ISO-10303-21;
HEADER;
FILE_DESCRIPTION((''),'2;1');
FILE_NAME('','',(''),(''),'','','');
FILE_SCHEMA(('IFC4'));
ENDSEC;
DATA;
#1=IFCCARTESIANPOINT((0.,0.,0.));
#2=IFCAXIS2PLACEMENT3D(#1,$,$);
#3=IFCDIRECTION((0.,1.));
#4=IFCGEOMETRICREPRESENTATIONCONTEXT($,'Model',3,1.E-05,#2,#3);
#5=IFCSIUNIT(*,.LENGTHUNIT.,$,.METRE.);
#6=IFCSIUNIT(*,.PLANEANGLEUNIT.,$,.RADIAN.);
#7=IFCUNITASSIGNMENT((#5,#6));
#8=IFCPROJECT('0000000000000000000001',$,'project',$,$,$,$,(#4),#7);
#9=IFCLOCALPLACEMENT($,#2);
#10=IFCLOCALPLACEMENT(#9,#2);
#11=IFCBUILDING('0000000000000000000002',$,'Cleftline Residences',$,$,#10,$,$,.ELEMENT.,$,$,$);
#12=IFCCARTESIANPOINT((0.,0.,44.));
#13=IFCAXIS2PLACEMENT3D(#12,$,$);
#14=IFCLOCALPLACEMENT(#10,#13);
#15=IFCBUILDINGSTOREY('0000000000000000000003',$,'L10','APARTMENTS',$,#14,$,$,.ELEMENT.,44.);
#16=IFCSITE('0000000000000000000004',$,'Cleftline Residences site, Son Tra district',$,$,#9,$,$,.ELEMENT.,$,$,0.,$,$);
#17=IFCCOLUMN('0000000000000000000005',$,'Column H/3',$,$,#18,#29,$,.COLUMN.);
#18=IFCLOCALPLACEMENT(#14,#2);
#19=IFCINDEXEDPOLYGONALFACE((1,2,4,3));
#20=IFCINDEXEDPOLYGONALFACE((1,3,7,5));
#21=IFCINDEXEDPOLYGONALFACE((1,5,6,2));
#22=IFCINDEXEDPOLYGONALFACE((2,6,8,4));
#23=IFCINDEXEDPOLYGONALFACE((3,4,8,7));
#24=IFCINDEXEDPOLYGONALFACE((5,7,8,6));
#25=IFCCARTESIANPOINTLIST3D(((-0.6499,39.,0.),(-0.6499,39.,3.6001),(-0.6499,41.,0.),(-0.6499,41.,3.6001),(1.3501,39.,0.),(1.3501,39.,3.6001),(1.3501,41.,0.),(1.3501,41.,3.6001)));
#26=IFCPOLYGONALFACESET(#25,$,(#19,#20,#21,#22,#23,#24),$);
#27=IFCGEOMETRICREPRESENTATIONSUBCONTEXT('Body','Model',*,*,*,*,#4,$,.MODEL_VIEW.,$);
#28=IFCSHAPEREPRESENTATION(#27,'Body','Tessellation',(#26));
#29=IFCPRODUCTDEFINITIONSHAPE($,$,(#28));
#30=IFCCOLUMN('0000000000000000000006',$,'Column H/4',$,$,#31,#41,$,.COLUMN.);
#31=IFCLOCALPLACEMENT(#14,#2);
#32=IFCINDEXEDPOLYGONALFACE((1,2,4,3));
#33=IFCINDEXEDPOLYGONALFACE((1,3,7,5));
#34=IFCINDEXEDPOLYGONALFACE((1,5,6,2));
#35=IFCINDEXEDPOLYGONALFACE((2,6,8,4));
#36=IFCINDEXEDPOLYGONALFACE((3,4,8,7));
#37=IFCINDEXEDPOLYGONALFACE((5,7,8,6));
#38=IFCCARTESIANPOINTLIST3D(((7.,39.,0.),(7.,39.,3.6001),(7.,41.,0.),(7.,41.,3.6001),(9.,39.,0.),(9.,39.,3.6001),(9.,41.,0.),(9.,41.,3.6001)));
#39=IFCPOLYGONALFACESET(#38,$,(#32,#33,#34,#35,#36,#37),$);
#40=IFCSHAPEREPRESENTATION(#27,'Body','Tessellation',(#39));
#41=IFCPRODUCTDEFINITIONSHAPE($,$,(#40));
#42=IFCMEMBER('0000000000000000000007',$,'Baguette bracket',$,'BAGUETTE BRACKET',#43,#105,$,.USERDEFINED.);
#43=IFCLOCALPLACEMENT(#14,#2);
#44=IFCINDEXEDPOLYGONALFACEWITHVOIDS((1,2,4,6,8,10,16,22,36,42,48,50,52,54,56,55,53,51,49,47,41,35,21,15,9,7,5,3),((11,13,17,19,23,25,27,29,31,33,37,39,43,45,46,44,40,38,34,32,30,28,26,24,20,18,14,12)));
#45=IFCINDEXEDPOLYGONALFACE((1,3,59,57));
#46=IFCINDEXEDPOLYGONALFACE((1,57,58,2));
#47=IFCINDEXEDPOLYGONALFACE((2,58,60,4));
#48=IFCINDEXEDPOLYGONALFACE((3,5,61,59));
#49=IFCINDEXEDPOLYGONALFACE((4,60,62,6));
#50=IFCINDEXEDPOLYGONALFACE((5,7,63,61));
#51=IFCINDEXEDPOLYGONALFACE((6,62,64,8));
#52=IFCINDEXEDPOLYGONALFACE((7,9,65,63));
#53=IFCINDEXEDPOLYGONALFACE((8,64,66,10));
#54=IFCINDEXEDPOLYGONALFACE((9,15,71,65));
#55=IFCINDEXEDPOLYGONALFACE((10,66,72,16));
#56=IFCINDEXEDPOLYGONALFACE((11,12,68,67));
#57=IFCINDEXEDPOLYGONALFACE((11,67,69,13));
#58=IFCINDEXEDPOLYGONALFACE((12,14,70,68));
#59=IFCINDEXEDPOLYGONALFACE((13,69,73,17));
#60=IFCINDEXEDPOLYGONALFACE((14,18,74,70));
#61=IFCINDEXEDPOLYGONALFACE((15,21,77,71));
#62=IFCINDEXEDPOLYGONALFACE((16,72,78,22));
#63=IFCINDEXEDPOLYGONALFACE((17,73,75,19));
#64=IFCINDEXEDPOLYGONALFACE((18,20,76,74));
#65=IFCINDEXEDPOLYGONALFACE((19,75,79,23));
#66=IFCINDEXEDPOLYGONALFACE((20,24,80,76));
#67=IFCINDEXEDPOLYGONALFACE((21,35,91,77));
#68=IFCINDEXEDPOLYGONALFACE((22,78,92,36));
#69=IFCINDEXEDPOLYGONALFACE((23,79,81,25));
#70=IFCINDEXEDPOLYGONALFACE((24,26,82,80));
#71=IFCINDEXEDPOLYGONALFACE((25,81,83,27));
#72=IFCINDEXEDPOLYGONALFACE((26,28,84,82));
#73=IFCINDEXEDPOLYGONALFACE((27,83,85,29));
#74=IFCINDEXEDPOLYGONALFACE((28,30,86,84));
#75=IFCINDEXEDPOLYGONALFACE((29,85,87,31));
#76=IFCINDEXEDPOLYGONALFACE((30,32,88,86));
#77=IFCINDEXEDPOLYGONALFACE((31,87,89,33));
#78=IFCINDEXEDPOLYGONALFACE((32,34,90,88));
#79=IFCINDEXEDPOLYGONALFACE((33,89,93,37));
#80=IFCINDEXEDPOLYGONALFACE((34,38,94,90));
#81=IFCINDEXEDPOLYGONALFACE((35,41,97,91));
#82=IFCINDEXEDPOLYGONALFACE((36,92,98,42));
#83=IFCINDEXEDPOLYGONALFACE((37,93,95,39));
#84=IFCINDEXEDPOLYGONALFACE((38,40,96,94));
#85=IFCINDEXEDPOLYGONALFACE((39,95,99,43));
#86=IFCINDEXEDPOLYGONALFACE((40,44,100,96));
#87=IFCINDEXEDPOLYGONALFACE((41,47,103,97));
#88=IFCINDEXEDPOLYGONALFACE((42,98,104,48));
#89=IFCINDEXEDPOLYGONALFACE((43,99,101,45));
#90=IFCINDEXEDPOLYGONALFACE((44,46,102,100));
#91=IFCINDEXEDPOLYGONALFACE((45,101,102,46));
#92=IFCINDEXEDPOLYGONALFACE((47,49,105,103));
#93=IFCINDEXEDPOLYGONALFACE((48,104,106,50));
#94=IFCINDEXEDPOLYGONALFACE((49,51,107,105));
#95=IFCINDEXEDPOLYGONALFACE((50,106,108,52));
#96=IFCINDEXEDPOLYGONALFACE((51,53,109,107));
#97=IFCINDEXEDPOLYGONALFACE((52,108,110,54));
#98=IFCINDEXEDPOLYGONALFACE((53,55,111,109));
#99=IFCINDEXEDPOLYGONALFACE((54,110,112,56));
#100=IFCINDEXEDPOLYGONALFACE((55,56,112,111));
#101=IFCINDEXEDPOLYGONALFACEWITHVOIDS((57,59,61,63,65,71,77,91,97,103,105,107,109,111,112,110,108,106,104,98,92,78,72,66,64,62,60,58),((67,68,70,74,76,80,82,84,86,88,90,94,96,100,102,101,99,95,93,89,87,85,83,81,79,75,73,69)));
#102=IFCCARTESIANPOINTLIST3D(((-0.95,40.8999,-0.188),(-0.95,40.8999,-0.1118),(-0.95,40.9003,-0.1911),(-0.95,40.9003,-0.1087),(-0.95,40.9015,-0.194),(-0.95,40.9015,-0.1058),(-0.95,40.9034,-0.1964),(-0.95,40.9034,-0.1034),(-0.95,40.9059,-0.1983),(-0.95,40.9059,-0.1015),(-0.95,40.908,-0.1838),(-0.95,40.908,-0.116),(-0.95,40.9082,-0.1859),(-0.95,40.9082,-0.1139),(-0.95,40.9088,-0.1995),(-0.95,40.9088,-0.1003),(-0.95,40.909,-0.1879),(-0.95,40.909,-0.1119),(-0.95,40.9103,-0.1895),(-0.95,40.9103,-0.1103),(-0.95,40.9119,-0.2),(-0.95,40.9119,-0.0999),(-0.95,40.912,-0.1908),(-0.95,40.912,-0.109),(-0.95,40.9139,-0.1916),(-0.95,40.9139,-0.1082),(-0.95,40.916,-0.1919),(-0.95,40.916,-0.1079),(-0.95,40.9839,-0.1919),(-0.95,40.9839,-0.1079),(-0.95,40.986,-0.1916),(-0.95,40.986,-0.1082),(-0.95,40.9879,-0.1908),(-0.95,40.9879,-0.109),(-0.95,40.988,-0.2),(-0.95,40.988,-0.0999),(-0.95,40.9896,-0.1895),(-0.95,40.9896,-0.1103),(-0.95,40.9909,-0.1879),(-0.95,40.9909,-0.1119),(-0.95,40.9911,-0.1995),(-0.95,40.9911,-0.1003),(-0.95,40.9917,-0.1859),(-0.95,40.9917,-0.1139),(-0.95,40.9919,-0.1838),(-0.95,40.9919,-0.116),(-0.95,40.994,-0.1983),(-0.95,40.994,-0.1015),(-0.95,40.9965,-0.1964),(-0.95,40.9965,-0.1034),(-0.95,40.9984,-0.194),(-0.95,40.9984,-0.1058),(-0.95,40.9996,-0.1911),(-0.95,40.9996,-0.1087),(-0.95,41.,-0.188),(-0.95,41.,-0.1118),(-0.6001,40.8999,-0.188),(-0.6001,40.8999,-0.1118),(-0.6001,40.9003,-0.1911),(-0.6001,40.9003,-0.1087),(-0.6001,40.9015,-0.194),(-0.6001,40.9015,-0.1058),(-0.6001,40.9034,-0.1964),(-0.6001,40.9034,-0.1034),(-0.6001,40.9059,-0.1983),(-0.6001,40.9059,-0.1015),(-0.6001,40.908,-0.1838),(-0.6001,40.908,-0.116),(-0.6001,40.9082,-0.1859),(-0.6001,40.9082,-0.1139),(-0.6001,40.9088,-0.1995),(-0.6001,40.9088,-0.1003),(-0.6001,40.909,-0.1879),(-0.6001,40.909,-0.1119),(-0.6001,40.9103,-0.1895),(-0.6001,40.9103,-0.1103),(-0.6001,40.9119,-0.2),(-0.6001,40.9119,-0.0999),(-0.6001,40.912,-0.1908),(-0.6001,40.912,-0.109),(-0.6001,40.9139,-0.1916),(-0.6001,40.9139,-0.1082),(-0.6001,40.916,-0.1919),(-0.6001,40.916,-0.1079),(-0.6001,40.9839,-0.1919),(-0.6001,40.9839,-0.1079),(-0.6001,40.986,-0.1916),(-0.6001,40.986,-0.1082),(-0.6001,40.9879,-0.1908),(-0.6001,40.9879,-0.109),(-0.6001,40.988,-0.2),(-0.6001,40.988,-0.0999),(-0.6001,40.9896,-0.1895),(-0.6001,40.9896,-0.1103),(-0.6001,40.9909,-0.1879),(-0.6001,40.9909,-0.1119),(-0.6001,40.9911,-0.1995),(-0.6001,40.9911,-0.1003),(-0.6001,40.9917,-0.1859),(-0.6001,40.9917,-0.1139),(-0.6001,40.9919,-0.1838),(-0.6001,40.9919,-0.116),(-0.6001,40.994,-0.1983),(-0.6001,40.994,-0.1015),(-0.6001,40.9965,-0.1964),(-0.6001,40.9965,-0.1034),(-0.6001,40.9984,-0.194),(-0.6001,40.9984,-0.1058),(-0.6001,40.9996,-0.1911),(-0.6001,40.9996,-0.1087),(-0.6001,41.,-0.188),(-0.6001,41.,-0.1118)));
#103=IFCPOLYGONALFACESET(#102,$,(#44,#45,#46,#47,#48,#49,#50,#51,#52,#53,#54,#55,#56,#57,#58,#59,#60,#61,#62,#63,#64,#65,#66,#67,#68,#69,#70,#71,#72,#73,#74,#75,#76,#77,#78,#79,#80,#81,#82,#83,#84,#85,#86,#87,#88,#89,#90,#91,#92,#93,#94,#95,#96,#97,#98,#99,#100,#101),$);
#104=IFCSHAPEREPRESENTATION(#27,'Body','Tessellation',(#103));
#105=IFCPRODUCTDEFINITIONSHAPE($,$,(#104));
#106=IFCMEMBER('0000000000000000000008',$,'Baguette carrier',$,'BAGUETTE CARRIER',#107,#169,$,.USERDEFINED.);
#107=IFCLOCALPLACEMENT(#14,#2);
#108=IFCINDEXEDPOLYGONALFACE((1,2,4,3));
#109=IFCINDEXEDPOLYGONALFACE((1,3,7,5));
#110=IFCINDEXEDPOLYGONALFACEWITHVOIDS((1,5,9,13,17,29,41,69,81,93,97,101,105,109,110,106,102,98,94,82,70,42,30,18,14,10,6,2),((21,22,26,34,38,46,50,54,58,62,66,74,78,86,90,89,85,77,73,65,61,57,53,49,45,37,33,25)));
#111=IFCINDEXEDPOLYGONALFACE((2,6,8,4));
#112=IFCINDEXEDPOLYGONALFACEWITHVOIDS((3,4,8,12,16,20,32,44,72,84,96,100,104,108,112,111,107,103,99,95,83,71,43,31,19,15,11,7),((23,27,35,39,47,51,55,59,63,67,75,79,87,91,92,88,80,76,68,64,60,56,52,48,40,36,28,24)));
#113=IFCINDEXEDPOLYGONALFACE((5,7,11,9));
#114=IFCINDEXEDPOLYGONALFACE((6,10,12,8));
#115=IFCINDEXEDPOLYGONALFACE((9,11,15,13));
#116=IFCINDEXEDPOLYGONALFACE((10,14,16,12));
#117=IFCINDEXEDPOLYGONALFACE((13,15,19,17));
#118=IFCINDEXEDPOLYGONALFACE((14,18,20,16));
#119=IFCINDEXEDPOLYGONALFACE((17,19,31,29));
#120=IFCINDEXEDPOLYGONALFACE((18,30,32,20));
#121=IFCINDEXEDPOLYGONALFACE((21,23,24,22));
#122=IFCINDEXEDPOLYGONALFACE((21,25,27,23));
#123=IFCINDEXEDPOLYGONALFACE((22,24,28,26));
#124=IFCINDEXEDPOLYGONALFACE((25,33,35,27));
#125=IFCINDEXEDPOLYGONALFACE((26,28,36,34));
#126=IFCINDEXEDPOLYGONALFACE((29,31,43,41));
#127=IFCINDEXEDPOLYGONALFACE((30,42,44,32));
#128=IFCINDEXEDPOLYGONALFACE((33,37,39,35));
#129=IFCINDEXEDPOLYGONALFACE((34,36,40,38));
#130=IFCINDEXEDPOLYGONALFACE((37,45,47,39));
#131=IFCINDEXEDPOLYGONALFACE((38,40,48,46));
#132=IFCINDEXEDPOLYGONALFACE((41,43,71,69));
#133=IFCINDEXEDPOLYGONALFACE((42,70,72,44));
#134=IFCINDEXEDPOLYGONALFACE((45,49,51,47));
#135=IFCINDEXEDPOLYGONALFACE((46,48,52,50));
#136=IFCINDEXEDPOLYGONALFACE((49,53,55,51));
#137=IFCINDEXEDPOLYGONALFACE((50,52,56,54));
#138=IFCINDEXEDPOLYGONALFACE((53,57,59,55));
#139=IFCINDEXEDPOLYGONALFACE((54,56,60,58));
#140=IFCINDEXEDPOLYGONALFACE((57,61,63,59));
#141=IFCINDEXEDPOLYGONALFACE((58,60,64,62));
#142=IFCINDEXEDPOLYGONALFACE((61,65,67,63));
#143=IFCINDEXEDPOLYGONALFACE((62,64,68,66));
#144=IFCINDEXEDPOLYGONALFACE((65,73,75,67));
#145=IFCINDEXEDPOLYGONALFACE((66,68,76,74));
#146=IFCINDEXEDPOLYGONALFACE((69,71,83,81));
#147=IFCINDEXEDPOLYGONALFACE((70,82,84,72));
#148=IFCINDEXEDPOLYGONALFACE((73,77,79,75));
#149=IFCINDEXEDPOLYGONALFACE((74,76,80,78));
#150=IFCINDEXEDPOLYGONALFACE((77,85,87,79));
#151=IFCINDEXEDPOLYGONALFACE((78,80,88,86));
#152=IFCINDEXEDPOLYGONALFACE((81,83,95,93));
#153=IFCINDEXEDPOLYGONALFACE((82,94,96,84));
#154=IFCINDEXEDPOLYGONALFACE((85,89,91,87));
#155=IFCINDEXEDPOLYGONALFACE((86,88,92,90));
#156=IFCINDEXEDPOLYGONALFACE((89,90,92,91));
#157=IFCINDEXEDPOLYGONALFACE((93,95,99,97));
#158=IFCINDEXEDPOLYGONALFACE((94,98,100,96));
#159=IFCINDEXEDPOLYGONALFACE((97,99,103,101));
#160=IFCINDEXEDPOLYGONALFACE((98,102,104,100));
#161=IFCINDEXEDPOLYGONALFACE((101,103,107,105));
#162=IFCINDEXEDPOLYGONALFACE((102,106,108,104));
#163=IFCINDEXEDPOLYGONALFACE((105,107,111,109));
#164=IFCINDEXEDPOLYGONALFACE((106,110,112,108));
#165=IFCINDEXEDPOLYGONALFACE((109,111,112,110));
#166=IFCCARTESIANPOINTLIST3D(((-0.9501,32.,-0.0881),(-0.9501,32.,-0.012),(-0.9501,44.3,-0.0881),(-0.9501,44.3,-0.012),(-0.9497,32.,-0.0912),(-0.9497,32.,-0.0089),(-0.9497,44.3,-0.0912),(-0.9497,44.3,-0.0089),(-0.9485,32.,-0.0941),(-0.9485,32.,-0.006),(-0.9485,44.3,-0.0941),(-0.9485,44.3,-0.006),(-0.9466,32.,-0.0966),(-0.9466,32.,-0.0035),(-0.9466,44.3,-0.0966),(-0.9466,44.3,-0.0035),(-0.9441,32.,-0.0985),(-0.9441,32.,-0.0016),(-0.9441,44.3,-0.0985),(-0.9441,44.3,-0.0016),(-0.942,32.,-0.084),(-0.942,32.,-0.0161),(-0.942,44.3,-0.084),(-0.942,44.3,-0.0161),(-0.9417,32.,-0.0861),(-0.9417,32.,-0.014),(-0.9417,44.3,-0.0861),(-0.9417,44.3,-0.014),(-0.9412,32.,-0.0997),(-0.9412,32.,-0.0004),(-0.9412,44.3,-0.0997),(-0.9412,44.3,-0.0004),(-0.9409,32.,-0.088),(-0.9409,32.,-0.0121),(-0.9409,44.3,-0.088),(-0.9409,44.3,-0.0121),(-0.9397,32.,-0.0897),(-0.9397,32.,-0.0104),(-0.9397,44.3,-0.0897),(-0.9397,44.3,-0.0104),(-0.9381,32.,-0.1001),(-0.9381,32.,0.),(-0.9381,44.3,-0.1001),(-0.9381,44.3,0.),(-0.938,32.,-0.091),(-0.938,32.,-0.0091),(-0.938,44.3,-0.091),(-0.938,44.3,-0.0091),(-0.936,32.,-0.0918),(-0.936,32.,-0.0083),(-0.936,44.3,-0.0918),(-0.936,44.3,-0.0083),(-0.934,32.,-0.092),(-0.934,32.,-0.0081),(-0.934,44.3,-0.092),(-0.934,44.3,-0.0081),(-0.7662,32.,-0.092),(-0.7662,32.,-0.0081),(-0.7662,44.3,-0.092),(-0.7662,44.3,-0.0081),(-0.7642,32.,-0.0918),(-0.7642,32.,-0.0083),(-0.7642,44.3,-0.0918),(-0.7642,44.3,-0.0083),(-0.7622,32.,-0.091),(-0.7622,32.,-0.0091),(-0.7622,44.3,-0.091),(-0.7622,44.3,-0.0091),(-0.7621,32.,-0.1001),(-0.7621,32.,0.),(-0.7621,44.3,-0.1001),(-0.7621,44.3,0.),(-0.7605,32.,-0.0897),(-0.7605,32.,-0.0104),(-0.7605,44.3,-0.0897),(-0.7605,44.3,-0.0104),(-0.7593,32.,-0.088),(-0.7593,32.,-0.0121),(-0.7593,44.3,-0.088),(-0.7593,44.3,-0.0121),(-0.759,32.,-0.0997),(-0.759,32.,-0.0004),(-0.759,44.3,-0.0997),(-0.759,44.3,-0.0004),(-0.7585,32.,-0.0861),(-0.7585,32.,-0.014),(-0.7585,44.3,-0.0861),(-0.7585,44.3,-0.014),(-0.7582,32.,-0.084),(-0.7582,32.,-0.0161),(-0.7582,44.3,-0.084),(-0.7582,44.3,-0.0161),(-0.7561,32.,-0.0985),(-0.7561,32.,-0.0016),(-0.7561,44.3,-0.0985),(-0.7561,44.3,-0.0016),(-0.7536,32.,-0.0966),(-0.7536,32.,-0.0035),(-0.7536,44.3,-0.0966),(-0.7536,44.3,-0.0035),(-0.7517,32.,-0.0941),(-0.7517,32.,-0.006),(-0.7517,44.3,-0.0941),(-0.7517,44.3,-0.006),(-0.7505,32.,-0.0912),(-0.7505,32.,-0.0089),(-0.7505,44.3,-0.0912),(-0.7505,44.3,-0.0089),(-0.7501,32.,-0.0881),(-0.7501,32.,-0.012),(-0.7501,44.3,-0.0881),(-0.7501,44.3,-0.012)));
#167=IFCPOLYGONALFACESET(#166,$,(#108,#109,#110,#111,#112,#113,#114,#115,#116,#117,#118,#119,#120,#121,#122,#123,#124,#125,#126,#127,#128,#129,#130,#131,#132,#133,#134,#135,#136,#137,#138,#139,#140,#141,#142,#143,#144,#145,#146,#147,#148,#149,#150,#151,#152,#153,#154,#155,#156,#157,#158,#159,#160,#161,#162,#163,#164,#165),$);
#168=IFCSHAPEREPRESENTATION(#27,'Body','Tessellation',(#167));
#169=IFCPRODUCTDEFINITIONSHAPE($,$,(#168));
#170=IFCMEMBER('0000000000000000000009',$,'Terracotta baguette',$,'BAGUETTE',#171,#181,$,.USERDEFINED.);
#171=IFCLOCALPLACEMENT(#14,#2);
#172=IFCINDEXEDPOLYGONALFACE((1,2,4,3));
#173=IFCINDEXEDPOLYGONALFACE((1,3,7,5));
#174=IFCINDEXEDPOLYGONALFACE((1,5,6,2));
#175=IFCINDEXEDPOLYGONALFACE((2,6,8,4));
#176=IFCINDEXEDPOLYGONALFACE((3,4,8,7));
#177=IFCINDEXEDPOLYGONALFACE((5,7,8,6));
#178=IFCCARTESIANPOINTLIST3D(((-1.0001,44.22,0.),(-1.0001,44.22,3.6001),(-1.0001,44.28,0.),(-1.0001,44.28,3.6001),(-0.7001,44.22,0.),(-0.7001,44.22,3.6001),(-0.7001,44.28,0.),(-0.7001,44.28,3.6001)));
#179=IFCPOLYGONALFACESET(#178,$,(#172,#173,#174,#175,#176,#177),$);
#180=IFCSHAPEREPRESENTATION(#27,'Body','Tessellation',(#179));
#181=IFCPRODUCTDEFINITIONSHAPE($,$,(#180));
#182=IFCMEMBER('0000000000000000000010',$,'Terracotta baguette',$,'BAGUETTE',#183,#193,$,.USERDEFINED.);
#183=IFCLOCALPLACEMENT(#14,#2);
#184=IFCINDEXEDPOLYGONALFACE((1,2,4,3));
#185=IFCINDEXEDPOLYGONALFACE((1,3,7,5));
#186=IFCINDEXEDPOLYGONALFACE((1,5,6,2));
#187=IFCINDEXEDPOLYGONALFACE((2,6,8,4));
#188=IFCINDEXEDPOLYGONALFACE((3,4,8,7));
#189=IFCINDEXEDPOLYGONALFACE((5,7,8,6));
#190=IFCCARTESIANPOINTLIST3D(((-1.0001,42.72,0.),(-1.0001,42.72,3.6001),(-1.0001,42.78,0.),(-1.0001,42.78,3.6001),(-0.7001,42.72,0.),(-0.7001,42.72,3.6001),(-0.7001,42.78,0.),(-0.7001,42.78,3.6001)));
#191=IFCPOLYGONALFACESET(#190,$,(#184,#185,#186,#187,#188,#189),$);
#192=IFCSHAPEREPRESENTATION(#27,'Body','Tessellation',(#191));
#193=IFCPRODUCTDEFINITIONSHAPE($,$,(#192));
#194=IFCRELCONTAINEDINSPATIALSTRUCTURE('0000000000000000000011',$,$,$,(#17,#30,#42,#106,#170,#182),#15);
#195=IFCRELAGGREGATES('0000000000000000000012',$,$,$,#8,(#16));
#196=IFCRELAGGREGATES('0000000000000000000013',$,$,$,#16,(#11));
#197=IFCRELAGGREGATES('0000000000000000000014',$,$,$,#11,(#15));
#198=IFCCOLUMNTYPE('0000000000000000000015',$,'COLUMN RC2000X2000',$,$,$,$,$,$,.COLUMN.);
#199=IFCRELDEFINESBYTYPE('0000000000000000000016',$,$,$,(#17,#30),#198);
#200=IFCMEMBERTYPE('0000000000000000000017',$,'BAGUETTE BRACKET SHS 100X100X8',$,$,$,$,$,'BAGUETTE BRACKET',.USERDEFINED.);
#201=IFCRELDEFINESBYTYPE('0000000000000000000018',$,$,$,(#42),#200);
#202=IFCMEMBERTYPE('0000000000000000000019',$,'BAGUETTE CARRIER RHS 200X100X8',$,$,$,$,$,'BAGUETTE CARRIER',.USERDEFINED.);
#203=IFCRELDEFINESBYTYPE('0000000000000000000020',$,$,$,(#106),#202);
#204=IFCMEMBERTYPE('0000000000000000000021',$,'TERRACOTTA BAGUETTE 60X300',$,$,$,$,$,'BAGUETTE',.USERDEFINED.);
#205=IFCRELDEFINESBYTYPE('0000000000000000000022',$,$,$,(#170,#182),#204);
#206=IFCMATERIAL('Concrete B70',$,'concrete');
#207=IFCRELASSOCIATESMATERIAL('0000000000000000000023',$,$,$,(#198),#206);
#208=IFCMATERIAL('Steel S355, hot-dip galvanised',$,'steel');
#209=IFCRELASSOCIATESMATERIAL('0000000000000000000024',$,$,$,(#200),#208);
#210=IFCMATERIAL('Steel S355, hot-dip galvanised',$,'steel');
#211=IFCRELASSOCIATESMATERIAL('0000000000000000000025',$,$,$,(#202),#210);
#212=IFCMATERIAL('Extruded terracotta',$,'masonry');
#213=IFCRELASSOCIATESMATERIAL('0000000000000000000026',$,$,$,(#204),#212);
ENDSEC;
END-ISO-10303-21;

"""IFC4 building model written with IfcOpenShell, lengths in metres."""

from ifc_helpers import new_model, si_unit, direction, frame, origin, origin_2d, place, context, subcontext, project, spatial, rectangle, hollow_rectangle, extrude, material, material_profile, profile_set, type_object, element, save


model = new_model("IFC4")

# Units and contexts
model_context = context("Model", 3, precision=1e-05, world=origin(), true_north=direction((0.0, 1.0)))
body_context = subcontext(model_context, "Body", "Model", "MODEL_VIEW")
ifc_project = project(units=[si_unit("LENGTHUNIT", "METRE"), si_unit("PLANEANGLEUNIT", "RADIAN")], contexts=[model_context])

# Site, building, storey
site_placement = place(None, origin())
site = spatial("IfcSite", under=ifc_project, at=site_placement, Name="Cleftline Residences site, Son Tra district", CompositionType="ELEMENT", RefElevation=0.0)
building_placement = place(site_placement, origin())
building = spatial("IfcBuilding", under=site, at=building_placement, Name="Cleftline Residences", CompositionType="ELEMENT")
storey_placement = place(building_placement, frame((0.0, 0.0, 44.0)))
storey = spatial("IfcBuildingStorey", under=building, at=storey_placement, Name="L10", Description="APARTMENTS", CompositionType="ELEMENT", Elevation=44.0)

# Columns
ifc_material_1 = material(Name="Concrete B70", Category="concrete")
ifc_material_profile_1 = material_profile(ifc_material_1, rectangle(XDim=2.0, YDim=2.0, at=origin_2d()))
ifc_profile_set_1 = profile_set([ifc_material_profile_1], Name="Concrete B70")
column_type = type_object("IfcColumnType", Name="COLUMN RC2000X2000", PredefinedType="COLUMN", material=ifc_profile_set_1)
for number, where, z_axis, x_axis, name in (
    (1, (0.3501, 40.0, 0.0), (0.0, 0.0, 1.0), (1.0, 0.0, 0.0), "Column H/3"),
    (2, (8.0, 40.0, 0.0), (0.0, 0.0, 1.0), (1.0, 0.0, 0.0), "Column H/4"),
):
    element("IfcColumn", number, at=place(storey_placement, frame(where, z_axis=z_axis, x_axis=x_axis)), inside=storey, type_object=column_type, Name=name, PredefinedType="COLUMN", context=body_context, shape_type="SweptSolid", body=[
        extrude(rectangle(XDim=2.0, YDim=2.0, at=origin_2d()), origin(), (0.0, 0.0, 1.0), 3.6001),
    ])

# Members
ifc_material_2 = material(Name="Steel S355, hot-dip galvanised", Category="steel")
ifc_material_profile_2 = material_profile(ifc_material_2, hollow_rectangle(XDim=0.1001, YDim=0.1001, WallThickness=0.0081, InnerFilletRadius=0.0081, OuterFilletRadius=0.012, at=origin_2d()))
ifc_profile_set_2 = profile_set([ifc_material_profile_2], Name="Steel S355, hot-dip galvanised")
member_type_1 = type_object("IfcMemberType", Name="BAGUETTE BRACKET SHS 100X100X8", ElementType="BAGUETTE BRACKET", PredefinedType="USERDEFINED", material=ifc_profile_set_2)
member_1_placement = place(storey_placement, frame((-0.6001, 40.95, -0.1499), z_axis=(-1.0, 0.0, 0.0), x_axis=(0.0, -1.0, 0.0)))
element("IfcMember", 3, at=member_1_placement, inside=storey, type_object=member_type_1, Name="Baguette bracket", ObjectType="BAGUETTE BRACKET", PredefinedType="USERDEFINED", context=body_context, shape_type="SweptSolid", body=[
    extrude(hollow_rectangle(XDim=0.1001, YDim=0.1001, WallThickness=0.0081, InnerFilletRadius=0.0081, OuterFilletRadius=0.012, at=origin_2d()), origin(), (0.0, 0.0, 1.0), 0.3499),
])
ifc_material_3 = material(Name="Steel S355, hot-dip galvanised", Category="steel")
ifc_material_profile_3 = material_profile(ifc_material_3, hollow_rectangle(XDim=0.1001, YDim=0.2, WallThickness=0.0081, InnerFilletRadius=0.0081, OuterFilletRadius=0.012, at=origin_2d()))
ifc_profile_set_3 = profile_set([ifc_material_profile_3], Name="Steel S355, hot-dip galvanised")
member_type_2 = type_object("IfcMemberType", Name="BAGUETTE CARRIER RHS 200X100X8", ElementType="BAGUETTE CARRIER", PredefinedType="USERDEFINED", material=ifc_profile_set_3)
member_2_placement = place(storey_placement, frame((-0.8501, 44.3, -0.05), z_axis=(0.0, -1.0, 0.0), x_axis=(0.0, 0.0, 1.0)))
element("IfcMember", 4, at=member_2_placement, inside=storey, type_object=member_type_2, Name="Baguette carrier", ObjectType="BAGUETTE CARRIER", PredefinedType="USERDEFINED", context=body_context, shape_type="SweptSolid", body=[
    extrude(hollow_rectangle(XDim=0.1001, YDim=0.2, WallThickness=0.0081, InnerFilletRadius=0.0081, OuterFilletRadius=0.012, at=origin_2d()), origin(), (0.0, 0.0, 1.0), 12.3),
])
ifc_material_4 = material(Name="Extruded terracotta", Category="masonry")
ifc_material_profile_4 = material_profile(ifc_material_4, rectangle(XDim=0.0601, YDim=0.3, at=origin_2d()))
ifc_profile_set_4 = profile_set([ifc_material_profile_4], Name="Extruded terracotta")
member_type_3 = type_object("IfcMemberType", Name="TERRACOTTA BAGUETTE 60X300", ElementType="BAGUETTE", PredefinedType="USERDEFINED", material=ifc_profile_set_4)
for number, where, z_axis, x_axis, name in (
    (5, (-0.8501, 44.25, 0.0), (0.0, 0.0, 1.0), (0.0, 1.0, 0.0), "Terracotta baguette"),
    (6, (-0.8501, 42.75, 0.0), (0.0, 0.0, 1.0), (0.0, 1.0, 0.0), "Terracotta baguette"),
):
    element("IfcMember", number, at=place(storey_placement, frame(where, z_axis=z_axis, x_axis=x_axis)), inside=storey, type_object=member_type_3, Name=name, ObjectType="BAGUETTE", PredefinedType="USERDEFINED", context=body_context, shape_type="SweptSolid", body=[
        extrude(rectangle(XDim=0.0601, YDim=0.3, at=origin_2d()), origin(), (0.0, 0.0, 1.0), 3.6001),
    ])

save(model, "model.ifc")
